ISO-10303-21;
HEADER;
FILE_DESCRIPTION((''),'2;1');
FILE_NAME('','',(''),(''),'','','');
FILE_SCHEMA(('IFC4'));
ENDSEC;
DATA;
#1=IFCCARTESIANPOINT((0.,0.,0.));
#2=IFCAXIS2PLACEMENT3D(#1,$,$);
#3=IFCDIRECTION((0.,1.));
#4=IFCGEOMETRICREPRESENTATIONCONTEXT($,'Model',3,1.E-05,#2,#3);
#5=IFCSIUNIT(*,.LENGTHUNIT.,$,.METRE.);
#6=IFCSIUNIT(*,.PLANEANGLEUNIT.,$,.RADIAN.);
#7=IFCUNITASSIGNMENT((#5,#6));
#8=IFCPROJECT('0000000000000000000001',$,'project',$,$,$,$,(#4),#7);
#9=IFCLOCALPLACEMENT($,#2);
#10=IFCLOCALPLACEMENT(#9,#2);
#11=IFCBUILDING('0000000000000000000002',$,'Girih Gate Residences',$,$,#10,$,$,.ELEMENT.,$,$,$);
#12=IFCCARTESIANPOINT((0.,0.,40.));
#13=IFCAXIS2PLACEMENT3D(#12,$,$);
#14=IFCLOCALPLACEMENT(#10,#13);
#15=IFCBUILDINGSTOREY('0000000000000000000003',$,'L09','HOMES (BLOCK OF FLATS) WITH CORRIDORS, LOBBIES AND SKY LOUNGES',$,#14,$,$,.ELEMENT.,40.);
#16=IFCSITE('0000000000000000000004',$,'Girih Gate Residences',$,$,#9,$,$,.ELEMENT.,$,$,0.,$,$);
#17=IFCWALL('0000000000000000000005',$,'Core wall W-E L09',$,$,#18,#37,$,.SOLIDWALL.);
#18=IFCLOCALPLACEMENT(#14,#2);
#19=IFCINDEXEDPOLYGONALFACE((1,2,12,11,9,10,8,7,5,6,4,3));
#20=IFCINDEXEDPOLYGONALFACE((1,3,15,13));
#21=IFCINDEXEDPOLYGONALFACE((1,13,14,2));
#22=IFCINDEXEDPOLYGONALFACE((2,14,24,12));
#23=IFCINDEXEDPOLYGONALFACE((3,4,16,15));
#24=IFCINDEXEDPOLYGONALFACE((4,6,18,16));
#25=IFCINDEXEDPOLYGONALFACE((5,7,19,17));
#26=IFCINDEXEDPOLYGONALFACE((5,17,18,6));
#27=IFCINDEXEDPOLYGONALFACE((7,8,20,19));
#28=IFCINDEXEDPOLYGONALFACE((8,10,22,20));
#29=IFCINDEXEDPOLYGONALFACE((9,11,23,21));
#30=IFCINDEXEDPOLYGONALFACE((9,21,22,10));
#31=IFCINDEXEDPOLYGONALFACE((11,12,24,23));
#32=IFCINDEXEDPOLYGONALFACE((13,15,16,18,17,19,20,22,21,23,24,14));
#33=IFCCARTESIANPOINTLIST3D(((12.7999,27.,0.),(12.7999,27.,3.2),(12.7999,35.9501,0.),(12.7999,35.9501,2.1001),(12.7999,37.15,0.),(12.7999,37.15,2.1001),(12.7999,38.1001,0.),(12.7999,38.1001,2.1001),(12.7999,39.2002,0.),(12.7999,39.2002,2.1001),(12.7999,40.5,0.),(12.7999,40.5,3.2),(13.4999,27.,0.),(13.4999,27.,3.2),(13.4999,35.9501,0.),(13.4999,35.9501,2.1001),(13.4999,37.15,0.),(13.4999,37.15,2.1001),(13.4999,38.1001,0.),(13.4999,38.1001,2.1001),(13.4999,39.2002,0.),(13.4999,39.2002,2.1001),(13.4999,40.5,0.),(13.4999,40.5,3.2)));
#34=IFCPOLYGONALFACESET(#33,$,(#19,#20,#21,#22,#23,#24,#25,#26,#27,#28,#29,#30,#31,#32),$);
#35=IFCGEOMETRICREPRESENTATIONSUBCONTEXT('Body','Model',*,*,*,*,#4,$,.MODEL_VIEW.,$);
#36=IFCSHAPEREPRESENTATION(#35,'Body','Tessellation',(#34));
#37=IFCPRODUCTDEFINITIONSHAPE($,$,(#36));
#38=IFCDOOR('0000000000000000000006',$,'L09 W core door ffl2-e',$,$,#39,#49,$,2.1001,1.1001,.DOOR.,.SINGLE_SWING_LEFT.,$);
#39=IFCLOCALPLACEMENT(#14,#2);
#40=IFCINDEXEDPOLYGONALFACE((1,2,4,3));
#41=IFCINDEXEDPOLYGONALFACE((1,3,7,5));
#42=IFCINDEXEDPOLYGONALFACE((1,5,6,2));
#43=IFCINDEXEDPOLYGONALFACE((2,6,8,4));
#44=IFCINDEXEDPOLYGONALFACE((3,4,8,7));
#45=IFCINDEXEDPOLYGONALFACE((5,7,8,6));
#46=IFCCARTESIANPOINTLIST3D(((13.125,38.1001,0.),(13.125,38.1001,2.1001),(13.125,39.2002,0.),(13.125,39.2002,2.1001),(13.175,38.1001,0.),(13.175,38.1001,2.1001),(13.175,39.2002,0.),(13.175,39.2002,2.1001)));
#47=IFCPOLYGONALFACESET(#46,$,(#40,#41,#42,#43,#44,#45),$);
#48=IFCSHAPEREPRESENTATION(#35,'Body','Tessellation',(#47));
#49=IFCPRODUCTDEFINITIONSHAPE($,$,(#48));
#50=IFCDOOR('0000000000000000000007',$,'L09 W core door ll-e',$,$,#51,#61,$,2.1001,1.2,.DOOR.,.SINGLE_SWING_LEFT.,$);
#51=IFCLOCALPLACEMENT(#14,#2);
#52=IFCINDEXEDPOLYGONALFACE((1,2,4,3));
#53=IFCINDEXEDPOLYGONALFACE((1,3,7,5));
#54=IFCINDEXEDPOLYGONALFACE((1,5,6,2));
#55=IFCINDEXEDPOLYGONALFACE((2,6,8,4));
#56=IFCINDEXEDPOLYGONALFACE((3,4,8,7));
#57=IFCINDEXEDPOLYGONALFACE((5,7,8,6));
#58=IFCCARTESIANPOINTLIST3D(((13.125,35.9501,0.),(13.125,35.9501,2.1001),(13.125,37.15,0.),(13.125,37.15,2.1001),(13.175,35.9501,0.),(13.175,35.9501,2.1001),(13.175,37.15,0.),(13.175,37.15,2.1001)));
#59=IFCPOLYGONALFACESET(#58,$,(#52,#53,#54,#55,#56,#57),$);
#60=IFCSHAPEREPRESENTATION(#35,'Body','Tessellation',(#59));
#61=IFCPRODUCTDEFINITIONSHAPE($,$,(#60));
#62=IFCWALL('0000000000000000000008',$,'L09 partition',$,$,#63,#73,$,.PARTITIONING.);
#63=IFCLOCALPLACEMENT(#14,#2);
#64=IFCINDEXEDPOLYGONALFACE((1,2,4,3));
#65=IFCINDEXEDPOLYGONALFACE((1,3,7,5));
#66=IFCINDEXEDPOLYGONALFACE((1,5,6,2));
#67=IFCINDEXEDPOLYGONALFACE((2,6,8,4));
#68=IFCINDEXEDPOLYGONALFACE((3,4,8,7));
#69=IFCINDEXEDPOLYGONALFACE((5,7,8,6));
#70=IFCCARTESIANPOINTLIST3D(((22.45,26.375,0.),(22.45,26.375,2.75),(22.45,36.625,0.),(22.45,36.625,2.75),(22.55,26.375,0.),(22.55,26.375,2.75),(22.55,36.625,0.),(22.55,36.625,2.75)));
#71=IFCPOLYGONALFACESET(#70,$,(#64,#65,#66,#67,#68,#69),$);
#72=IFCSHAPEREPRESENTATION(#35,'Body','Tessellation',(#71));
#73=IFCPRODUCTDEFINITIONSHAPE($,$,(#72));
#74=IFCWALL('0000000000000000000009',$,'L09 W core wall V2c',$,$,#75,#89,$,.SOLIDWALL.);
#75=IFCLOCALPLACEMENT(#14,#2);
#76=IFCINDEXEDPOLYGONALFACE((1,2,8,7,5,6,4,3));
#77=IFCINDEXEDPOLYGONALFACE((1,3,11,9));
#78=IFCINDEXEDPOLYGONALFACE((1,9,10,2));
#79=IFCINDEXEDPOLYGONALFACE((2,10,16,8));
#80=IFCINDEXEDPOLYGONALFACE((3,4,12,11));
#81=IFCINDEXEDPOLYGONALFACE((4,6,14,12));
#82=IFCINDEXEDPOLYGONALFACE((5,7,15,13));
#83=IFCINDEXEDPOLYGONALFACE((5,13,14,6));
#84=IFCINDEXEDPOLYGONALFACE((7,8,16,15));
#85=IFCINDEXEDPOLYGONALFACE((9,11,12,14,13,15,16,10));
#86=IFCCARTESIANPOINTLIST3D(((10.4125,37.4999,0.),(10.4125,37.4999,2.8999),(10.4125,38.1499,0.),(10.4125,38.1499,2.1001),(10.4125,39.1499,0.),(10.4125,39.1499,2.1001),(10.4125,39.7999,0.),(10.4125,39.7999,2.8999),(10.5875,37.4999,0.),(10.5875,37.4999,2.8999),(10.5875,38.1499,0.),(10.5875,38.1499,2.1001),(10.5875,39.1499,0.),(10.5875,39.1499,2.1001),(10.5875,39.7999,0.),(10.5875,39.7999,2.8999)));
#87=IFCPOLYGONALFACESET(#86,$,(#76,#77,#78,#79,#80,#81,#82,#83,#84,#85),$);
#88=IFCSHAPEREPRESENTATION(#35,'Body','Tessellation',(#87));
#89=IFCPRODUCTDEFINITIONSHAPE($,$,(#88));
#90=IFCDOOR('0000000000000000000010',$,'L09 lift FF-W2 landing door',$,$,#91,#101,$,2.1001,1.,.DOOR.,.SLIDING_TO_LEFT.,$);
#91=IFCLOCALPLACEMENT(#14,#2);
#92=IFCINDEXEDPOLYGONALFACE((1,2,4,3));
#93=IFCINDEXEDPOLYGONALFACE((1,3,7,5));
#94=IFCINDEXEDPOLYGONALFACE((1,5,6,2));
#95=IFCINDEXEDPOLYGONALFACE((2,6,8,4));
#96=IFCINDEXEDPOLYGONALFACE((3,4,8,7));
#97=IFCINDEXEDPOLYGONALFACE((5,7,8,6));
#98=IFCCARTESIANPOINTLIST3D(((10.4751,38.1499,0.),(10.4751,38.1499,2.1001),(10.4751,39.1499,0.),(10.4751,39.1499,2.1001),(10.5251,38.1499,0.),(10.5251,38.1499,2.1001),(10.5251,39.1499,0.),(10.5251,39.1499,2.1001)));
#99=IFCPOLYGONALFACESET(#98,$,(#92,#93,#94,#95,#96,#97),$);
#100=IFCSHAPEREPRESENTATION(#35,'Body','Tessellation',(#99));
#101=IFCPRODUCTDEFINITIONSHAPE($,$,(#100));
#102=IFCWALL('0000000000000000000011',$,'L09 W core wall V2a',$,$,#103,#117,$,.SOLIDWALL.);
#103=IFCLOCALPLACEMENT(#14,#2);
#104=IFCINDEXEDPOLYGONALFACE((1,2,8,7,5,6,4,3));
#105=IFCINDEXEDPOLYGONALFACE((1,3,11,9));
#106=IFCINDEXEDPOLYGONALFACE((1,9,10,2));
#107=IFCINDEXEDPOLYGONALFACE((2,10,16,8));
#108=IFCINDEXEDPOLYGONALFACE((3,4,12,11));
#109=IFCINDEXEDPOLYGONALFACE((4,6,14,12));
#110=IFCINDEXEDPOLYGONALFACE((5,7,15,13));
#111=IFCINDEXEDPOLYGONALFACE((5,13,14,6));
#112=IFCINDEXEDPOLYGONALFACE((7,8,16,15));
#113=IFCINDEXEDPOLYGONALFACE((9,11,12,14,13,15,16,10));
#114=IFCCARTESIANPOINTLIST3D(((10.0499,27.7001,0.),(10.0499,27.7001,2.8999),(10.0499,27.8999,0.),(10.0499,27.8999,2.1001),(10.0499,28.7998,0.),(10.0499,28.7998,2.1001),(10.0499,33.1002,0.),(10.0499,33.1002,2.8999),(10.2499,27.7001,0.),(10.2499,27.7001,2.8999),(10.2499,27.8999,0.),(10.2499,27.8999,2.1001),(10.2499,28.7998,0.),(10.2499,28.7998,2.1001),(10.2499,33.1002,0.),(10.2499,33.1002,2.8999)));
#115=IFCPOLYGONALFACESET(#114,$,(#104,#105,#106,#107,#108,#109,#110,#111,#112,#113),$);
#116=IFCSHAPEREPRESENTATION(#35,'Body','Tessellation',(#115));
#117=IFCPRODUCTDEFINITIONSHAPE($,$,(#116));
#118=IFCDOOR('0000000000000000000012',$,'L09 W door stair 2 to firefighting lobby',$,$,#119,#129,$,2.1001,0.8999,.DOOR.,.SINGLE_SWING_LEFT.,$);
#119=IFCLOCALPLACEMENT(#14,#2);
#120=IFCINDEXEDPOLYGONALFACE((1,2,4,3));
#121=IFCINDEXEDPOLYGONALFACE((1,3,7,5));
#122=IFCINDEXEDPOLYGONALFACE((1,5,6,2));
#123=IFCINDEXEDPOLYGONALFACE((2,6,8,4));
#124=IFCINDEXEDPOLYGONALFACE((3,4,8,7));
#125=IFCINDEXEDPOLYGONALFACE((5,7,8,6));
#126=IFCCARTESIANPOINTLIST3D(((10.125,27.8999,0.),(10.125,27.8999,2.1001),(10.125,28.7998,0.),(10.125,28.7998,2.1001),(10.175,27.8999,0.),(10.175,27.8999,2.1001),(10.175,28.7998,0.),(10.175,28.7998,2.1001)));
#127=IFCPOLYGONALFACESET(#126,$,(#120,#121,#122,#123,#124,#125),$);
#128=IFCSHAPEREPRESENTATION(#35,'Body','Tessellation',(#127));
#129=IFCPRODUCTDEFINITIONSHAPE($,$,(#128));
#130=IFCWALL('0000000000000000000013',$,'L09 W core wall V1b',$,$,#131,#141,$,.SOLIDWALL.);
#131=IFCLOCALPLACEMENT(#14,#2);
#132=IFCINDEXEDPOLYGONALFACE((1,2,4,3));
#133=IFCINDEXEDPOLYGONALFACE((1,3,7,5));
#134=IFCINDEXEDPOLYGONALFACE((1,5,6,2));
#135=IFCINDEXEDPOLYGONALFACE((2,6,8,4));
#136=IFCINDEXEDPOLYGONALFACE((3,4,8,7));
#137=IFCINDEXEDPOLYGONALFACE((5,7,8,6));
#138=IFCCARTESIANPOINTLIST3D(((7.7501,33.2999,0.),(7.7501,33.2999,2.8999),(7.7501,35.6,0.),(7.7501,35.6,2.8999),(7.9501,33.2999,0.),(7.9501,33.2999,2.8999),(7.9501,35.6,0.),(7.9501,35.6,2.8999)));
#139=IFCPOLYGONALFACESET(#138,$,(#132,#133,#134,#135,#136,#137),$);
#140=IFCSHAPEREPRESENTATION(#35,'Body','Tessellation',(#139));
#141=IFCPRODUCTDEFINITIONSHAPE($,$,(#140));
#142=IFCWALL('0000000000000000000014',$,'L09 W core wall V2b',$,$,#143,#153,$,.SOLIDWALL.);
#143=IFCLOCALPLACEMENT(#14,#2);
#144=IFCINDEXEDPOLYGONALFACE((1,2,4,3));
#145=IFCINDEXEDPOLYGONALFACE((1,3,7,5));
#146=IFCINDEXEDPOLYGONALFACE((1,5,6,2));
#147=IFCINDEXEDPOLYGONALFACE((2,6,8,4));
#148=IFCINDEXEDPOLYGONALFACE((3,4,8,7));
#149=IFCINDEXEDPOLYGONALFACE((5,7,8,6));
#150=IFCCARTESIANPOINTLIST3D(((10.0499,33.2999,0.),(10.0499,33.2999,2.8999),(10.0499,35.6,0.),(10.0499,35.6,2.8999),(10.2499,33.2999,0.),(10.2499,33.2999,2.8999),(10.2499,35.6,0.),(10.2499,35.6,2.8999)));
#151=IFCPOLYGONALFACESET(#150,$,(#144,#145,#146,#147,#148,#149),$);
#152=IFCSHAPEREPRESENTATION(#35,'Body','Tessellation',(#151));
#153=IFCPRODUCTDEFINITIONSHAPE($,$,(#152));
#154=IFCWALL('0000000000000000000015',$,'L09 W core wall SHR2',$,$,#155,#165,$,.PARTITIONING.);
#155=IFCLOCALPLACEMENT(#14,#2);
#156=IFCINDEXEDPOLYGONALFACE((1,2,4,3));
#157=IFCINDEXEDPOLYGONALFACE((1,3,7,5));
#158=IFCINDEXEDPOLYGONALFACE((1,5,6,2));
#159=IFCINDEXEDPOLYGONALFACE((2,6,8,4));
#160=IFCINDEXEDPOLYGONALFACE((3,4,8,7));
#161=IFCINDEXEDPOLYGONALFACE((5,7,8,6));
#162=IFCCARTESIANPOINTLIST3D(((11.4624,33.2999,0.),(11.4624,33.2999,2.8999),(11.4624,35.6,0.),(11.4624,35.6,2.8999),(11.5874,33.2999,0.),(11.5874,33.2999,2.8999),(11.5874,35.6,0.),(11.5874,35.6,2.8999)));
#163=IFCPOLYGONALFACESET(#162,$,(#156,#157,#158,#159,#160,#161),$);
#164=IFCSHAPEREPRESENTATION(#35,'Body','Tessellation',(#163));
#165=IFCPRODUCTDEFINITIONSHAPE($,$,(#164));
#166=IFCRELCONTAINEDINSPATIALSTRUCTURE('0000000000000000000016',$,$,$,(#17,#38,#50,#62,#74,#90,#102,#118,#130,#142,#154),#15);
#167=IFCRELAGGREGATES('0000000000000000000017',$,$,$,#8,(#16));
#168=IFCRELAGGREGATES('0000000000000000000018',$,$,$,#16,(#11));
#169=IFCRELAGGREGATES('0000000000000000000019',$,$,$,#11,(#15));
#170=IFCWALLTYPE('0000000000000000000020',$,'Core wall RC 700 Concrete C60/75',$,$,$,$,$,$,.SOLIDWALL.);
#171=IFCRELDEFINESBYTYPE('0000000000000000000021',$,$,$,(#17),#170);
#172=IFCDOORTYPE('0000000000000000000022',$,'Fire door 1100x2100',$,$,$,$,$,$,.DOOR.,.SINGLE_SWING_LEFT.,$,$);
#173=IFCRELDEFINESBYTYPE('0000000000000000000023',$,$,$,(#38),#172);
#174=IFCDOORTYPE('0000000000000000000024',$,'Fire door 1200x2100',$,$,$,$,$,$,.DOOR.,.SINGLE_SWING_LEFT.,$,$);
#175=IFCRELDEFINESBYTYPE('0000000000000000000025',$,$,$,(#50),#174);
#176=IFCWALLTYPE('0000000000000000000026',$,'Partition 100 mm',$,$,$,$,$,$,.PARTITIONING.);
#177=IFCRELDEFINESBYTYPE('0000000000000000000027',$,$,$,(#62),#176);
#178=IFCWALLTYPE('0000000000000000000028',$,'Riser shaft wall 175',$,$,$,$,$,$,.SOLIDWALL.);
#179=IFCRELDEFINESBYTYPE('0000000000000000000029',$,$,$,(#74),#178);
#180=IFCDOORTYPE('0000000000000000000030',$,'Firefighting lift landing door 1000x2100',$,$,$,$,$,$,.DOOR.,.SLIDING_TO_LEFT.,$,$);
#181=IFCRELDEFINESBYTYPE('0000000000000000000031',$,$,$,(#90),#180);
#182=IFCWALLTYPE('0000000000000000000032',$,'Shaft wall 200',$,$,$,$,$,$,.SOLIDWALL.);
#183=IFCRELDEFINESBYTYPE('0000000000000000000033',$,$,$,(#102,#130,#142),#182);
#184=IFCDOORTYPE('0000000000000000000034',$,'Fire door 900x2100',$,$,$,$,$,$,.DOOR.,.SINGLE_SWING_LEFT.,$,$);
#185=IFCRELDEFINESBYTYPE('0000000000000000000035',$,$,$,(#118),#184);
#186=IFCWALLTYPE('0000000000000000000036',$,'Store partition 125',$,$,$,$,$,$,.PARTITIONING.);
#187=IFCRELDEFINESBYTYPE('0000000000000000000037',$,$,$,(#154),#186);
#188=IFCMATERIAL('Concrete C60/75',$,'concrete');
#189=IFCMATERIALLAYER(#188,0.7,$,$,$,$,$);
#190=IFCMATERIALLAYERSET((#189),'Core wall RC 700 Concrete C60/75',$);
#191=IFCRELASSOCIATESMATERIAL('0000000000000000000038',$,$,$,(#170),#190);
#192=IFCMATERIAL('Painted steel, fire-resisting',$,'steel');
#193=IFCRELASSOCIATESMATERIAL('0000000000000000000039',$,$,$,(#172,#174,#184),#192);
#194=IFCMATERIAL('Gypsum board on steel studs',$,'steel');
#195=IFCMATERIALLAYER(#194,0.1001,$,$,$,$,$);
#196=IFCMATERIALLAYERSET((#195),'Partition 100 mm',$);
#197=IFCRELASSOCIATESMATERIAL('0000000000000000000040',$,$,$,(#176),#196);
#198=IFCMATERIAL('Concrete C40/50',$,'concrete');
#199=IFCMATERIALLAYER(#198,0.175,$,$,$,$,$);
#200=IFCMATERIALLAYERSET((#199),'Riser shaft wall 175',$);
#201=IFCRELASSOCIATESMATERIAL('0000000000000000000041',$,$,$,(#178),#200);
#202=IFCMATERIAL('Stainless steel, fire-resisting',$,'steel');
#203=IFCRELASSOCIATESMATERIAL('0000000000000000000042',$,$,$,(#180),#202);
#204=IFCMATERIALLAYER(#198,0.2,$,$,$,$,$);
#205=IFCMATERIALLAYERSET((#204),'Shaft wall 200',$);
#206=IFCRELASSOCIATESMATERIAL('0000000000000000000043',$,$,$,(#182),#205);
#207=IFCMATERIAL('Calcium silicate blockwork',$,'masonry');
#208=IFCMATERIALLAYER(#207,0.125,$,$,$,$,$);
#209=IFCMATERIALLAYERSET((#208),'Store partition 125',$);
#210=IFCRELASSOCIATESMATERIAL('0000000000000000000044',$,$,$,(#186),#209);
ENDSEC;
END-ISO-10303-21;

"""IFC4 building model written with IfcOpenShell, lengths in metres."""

from ifc_helpers import new_model, si_unit, direction, frame, frame_2d, origin, place, context, subcontext, project, spatial, rectangle, extrude, material, layer, layer_set, type_object, element, fill, save


model = new_model("IFC4")

# Units and contexts
model_context = context("Model", 3, precision=1e-05, world=origin(), true_north=direction((0.0, 1.0)))
body_context = subcontext(model_context, "Body", "Model", "MODEL_VIEW")
ifc_project = project(units=[si_unit("LENGTHUNIT", "METRE"), si_unit("PLANEANGLEUNIT", "RADIAN")], contexts=[model_context])

# Site, building, storey
site_placement = place(None, origin())
site = spatial("IfcSite", under=ifc_project, at=site_placement, Name="Girih Gate Residences", CompositionType="ELEMENT", RefElevation=0.0)
building_placement = place(site_placement, origin())
building = spatial("IfcBuilding", under=site, at=building_placement, Name="Girih Gate Residences", CompositionType="ELEMENT")
storey_placement = place(building_placement, frame((0.0, 0.0, 40.0)))
storey = spatial("IfcBuildingStorey", under=building, at=storey_placement, Name="L09", Description="HOMES (BLOCK OF FLATS) WITH CORRIDORS, LOBBIES AND SKY LOUNGES", CompositionType="ELEMENT", Elevation=40.0)

# Shared definitions
ifc_material_1 = material(Name="Concrete C60/75", Category="concrete")

# Shared definitions
ifc_material_2 = material(Name="Gypsum board on steel studs", Category="steel")

# Wall, openings, doors
ifc_layer_1 = layer(ifc_material_1, 0.7)
ifc_layer_set_1 = layer_set([ifc_layer_1], Name="Core wall RC 700 Concrete C60/75")
wall_type_1 = type_object("IfcWallType", Name="Core wall RC 700 Concrete C60/75", PredefinedType="SOLIDWALL", material=ifc_layer_set_1)
wall_1_placement = place(storey_placement, frame((13.1499, 27.0, 0.0), z_axis=(0.0, 0.0, 1.0), x_axis=(0.0, 1.0, 0.0)))
wall_1 = element("IfcWall", 1, at=wall_1_placement, inside=storey, type_object=wall_type_1, Name="Core wall W-E L09", PredefinedType="SOLIDWALL", context=body_context, shape_type="SweptSolid", body=[
    extrude(rectangle(XDim=13.5, YDim=0.7, at=frame_2d((6.75, 0.0))), origin(), (0.0, 0.0, 1.0), 3.2),
])
opening_1_placement = place(wall_1_placement, frame((11.1001, 0.0, 0.0)))
opening_1 = element("IfcOpeningElement", 2, at=opening_1_placement, cuts=wall_1, PredefinedType="OPENING", context=body_context, shape_type="SweptSolid", body=[
    extrude(rectangle(XDim=1.1001, YDim=2.1001, at=frame_2d((0.55, 1.05))), frame((0.0, 0.3599, 0.0), z_axis=(0.0, -1.0, 0.0), x_axis=(1.0, 0.0, 0.0)), (0.0, 0.0, 1.0), 0.72),
])
opening_2_placement = place(wall_1_placement, frame((8.95, 0.0, 0.0)))
opening_2 = element("IfcOpeningElement", 3, at=opening_2_placement, cuts=wall_1, PredefinedType="OPENING", context=body_context, shape_type="SweptSolid", body=[
    extrude(rectangle(XDim=1.2, YDim=2.1001, at=frame_2d((0.6001, 1.05))), frame((0.0, 0.3599, 0.0), z_axis=(0.0, -1.0, 0.0), x_axis=(1.0, 0.0, 0.0)), (0.0, 0.0, 1.0), 0.72),
])
ifc_material_3 = material(Name="Painted steel, fire-resisting", Category="steel")
door_type_1 = type_object("IfcDoorType", Name="Fire door 1100x2100", OperationType="SINGLE_SWING_LEFT", PredefinedType="DOOR", material=ifc_material_3)
door_1_placement = place(opening_1_placement, origin())
door_1 = element("IfcDoor", 4, at=door_1_placement, inside=storey, type_object=door_type_1, Name="L09 W core door ffl2-e", OperationType="SINGLE_SWING_LEFT", OverallHeight=2.1001, OverallWidth=1.1001, PredefinedType="DOOR", context=body_context, shape_type="SweptSolid", body=[
    extrude(rectangle(XDim=1.1001, YDim=2.1001, at=frame_2d((0.55, 1.05))), frame((0.0, 0.0249, 0.0), z_axis=(0.0, -1.0, 0.0), x_axis=(1.0, 0.0, 0.0)), (0.0, 0.0, 1.0), 0.05),
])
fill(opening_1, door_1)
door_type_2 = type_object("IfcDoorType", Name="Fire door 1200x2100", OperationType="SINGLE_SWING_LEFT", PredefinedType="DOOR", material=ifc_material_3)
door_2_placement = place(opening_2_placement, origin())
door_2 = element("IfcDoor", 5, at=door_2_placement, inside=storey, type_object=door_type_2, Name="L09 W core door ll-e", OperationType="SINGLE_SWING_LEFT", OverallHeight=2.1001, OverallWidth=1.2, PredefinedType="DOOR", context=body_context, shape_type="SweptSolid", body=[
    extrude(rectangle(XDim=1.2, YDim=2.1001, at=frame_2d((0.6001, 1.05))), frame((0.0, 0.0249, 0.0), z_axis=(0.0, -1.0, 0.0), x_axis=(1.0, 0.0, 0.0)), (0.0, 0.0, 1.0), 0.05),
])
fill(opening_2, door_2)

# Wall
ifc_layer_2 = layer(ifc_material_2, 0.1001)
ifc_layer_set_2 = layer_set([ifc_layer_2], Name="Partition 100 mm")
wall_type_2 = type_object("IfcWallType", Name="Partition 100 mm", PredefinedType="PARTITIONING", material=ifc_layer_set_2)
wall_2_placement = place(storey_placement, frame((22.5, 26.375, 0.0), z_axis=(0.0, 0.0, 1.0), x_axis=(0.0, 1.0, 0.0)))
element("IfcWall", 6, at=wall_2_placement, inside=storey, type_object=wall_type_2, Name="L09 partition", PredefinedType="PARTITIONING", context=body_context, shape_type="SweptSolid", body=[
    extrude(rectangle(XDim=10.25, YDim=0.1001, at=frame_2d((5.125, 0.0))), origin(), (0.0, 0.0, 1.0), 2.75),
])

# Walls, openings, doors
ifc_material_4 = material(Name="Concrete C40/50", Category="concrete")
ifc_layer_3 = layer(ifc_material_4, 0.175)
ifc_layer_set_3 = layer_set([ifc_layer_3], Name="Riser shaft wall 175")
wall_type_3 = type_object("IfcWallType", Name="Riser shaft wall 175", PredefinedType="SOLIDWALL", material=ifc_layer_set_3)
wall_3_placement = place(storey_placement, frame((10.5, 37.5, 0.0), z_axis=(0.0, 0.0, 1.0), x_axis=(0.0, 1.0, 0.0)))
wall_3 = element("IfcWall", 7, at=wall_3_placement, inside=storey, type_object=wall_type_3, Name="L09 W core wall V2c", PredefinedType="SOLIDWALL", context=body_context, shape_type="SweptSolid", body=[
    extrude(rectangle(XDim=2.3, YDim=0.175, at=frame_2d((1.1499, 0.0))), origin(), (0.0, 0.0, 1.0), 2.8999),
])
opening_3_placement = place(wall_3_placement, frame((0.6499, 0.0, 0.0)))
opening_3 = element("IfcOpeningElement", 8, at=opening_3_placement, cuts=wall_3, PredefinedType="OPENING", context=body_context, shape_type="SweptSolid", body=[
    extrude(rectangle(XDim=1.0, YDim=2.1001, at=frame_2d((0.5, 1.05))), frame((0.0, 0.0974, 0.0), z_axis=(0.0, -1.0, 0.0), x_axis=(1.0, 0.0, 0.0)), (0.0, 0.0, 1.0), 0.1951),
])
ifc_material_5 = material(Name="Stainless steel, fire-resisting", Category="steel")
door_type_3 = type_object("IfcDoorType", Name="Firefighting lift landing door 1000x2100", OperationType="SLIDING_TO_LEFT", PredefinedType="DOOR", material=ifc_material_5)
door_3_placement = place(opening_3_placement, origin())
door_3 = element("IfcDoor", 9, at=door_3_placement, inside=storey, type_object=door_type_3, Name="L09 lift FF-W2 landing door", OperationType="SLIDING_TO_LEFT", OverallHeight=2.1001, OverallWidth=1.0, PredefinedType="DOOR", context=body_context, shape_type="SweptSolid", body=[
    extrude(rectangle(XDim=1.0, YDim=2.1001, at=frame_2d((0.5, 1.05))), frame((0.0, 0.0249, 0.0), z_axis=(0.0, -1.0, 0.0), x_axis=(1.0, 0.0, 0.0)), (0.0, 0.0, 1.0), 0.05),
])
fill(opening_3, door_3)
ifc_layer_4 = layer(ifc_material_4, 0.2)
ifc_layer_set_4 = layer_set([ifc_layer_4], Name="Shaft wall 200")
wall_type_4 = type_object("IfcWallType", Name="Shaft wall 200", PredefinedType="SOLIDWALL", material=ifc_layer_set_4)
wall_4_placement = place(storey_placement, frame((10.1499, 27.7, 0.0), z_axis=(0.0, 0.0, 1.0), x_axis=(0.0, 1.0, 0.0)))
wall_4 = element("IfcWall", 10, at=wall_4_placement, inside=storey, type_object=wall_type_4, Name="L09 W core wall V2a", PredefinedType="SOLIDWALL", context=body_context, shape_type="SweptSolid", body=[
    extrude(rectangle(XDim=5.4001, YDim=0.2, at=frame_2d((2.7002, 0.0))), origin(), (0.0, 0.0, 1.0), 2.8999),
])
opening_4_placement = place(wall_4_placement, frame((0.2, 0.0, 0.0)))
opening_4 = element("IfcOpeningElement", 11, at=opening_4_placement, cuts=wall_4, PredefinedType="OPENING", context=body_context, shape_type="SweptSolid", body=[
    extrude(rectangle(XDim=0.8999, YDim=2.1001, at=frame_2d((0.45, 1.05))), frame((0.0, 0.1099, 0.0), z_axis=(0.0, -1.0, 0.0), x_axis=(1.0, 0.0, 0.0)), (0.0, 0.0, 1.0), 0.22),
])
door_type_4 = type_object("IfcDoorType", Name="Fire door 900x2100", OperationType="SINGLE_SWING_LEFT", PredefinedType="DOOR", material=ifc_material_3)
door_4_placement = place(opening_4_placement, origin())
door_4 = element("IfcDoor", 12, at=door_4_placement, inside=storey, type_object=door_type_4, Name="L09 W door stair 2 to firefighting lobby", OperationType="SINGLE_SWING_LEFT", OverallHeight=2.1001, OverallWidth=0.8999, PredefinedType="DOOR", context=body_context, shape_type="SweptSolid", body=[
    extrude(rectangle(XDim=0.8999, YDim=2.1001, at=frame_2d((0.45, 1.05))), frame((0.0, 0.0249, 0.0), z_axis=(0.0, -1.0, 0.0), x_axis=(1.0, 0.0, 0.0)), (0.0, 0.0, 1.0), 0.05),
])
fill(opening_4, door_4)

# Walls
for number, where, z_axis, x_axis, name in (
    (13, (7.8501, 33.3, 0.0), (0.0, 0.0, 1.0), (0.0, 1.0, 0.0), "L09 W core wall V1b"),
    (14, (10.1499, 33.3, 0.0), (0.0, 0.0, 1.0), (0.0, 1.0, 0.0), "L09 W core wall V2b"),
):
    element("IfcWall", number, at=place(storey_placement, frame(where, z_axis=z_axis, x_axis=x_axis)), inside=storey, type_object=wall_type_4, Name=name, PredefinedType="SOLIDWALL", context=body_context, shape_type="SweptSolid", body=[
        extrude(rectangle(XDim=2.3, YDim=0.2, at=frame_2d((1.1499, 0.0))), origin(), (0.0, 0.0, 1.0), 2.8999),
    ])
ifc_material_6 = material(Name="Calcium silicate blockwork", Category="masonry")
ifc_layer_5 = layer(ifc_material_6, 0.125)
ifc_layer_set_5 = layer_set([ifc_layer_5], Name="Store partition 125")
wall_type_5 = type_object("IfcWallType", Name="Store partition 125", PredefinedType="PARTITIONING", material=ifc_layer_set_5)
wall_5_placement = place(storey_placement, frame((11.5249, 33.3, 0.0), z_axis=(0.0, 0.0, 1.0), x_axis=(0.0, 1.0, 0.0)))
element("IfcWall", 15, at=wall_5_placement, inside=storey, type_object=wall_type_5, Name="L09 W core wall SHR2", PredefinedType="PARTITIONING", context=body_context, shape_type="SweptSolid", body=[
    extrude(rectangle(XDim=2.3, YDim=0.125, at=frame_2d((1.1499, 0.0))), origin(), (0.0, 0.0, 1.0), 2.8999),
])

save(model, "model.ifc")
